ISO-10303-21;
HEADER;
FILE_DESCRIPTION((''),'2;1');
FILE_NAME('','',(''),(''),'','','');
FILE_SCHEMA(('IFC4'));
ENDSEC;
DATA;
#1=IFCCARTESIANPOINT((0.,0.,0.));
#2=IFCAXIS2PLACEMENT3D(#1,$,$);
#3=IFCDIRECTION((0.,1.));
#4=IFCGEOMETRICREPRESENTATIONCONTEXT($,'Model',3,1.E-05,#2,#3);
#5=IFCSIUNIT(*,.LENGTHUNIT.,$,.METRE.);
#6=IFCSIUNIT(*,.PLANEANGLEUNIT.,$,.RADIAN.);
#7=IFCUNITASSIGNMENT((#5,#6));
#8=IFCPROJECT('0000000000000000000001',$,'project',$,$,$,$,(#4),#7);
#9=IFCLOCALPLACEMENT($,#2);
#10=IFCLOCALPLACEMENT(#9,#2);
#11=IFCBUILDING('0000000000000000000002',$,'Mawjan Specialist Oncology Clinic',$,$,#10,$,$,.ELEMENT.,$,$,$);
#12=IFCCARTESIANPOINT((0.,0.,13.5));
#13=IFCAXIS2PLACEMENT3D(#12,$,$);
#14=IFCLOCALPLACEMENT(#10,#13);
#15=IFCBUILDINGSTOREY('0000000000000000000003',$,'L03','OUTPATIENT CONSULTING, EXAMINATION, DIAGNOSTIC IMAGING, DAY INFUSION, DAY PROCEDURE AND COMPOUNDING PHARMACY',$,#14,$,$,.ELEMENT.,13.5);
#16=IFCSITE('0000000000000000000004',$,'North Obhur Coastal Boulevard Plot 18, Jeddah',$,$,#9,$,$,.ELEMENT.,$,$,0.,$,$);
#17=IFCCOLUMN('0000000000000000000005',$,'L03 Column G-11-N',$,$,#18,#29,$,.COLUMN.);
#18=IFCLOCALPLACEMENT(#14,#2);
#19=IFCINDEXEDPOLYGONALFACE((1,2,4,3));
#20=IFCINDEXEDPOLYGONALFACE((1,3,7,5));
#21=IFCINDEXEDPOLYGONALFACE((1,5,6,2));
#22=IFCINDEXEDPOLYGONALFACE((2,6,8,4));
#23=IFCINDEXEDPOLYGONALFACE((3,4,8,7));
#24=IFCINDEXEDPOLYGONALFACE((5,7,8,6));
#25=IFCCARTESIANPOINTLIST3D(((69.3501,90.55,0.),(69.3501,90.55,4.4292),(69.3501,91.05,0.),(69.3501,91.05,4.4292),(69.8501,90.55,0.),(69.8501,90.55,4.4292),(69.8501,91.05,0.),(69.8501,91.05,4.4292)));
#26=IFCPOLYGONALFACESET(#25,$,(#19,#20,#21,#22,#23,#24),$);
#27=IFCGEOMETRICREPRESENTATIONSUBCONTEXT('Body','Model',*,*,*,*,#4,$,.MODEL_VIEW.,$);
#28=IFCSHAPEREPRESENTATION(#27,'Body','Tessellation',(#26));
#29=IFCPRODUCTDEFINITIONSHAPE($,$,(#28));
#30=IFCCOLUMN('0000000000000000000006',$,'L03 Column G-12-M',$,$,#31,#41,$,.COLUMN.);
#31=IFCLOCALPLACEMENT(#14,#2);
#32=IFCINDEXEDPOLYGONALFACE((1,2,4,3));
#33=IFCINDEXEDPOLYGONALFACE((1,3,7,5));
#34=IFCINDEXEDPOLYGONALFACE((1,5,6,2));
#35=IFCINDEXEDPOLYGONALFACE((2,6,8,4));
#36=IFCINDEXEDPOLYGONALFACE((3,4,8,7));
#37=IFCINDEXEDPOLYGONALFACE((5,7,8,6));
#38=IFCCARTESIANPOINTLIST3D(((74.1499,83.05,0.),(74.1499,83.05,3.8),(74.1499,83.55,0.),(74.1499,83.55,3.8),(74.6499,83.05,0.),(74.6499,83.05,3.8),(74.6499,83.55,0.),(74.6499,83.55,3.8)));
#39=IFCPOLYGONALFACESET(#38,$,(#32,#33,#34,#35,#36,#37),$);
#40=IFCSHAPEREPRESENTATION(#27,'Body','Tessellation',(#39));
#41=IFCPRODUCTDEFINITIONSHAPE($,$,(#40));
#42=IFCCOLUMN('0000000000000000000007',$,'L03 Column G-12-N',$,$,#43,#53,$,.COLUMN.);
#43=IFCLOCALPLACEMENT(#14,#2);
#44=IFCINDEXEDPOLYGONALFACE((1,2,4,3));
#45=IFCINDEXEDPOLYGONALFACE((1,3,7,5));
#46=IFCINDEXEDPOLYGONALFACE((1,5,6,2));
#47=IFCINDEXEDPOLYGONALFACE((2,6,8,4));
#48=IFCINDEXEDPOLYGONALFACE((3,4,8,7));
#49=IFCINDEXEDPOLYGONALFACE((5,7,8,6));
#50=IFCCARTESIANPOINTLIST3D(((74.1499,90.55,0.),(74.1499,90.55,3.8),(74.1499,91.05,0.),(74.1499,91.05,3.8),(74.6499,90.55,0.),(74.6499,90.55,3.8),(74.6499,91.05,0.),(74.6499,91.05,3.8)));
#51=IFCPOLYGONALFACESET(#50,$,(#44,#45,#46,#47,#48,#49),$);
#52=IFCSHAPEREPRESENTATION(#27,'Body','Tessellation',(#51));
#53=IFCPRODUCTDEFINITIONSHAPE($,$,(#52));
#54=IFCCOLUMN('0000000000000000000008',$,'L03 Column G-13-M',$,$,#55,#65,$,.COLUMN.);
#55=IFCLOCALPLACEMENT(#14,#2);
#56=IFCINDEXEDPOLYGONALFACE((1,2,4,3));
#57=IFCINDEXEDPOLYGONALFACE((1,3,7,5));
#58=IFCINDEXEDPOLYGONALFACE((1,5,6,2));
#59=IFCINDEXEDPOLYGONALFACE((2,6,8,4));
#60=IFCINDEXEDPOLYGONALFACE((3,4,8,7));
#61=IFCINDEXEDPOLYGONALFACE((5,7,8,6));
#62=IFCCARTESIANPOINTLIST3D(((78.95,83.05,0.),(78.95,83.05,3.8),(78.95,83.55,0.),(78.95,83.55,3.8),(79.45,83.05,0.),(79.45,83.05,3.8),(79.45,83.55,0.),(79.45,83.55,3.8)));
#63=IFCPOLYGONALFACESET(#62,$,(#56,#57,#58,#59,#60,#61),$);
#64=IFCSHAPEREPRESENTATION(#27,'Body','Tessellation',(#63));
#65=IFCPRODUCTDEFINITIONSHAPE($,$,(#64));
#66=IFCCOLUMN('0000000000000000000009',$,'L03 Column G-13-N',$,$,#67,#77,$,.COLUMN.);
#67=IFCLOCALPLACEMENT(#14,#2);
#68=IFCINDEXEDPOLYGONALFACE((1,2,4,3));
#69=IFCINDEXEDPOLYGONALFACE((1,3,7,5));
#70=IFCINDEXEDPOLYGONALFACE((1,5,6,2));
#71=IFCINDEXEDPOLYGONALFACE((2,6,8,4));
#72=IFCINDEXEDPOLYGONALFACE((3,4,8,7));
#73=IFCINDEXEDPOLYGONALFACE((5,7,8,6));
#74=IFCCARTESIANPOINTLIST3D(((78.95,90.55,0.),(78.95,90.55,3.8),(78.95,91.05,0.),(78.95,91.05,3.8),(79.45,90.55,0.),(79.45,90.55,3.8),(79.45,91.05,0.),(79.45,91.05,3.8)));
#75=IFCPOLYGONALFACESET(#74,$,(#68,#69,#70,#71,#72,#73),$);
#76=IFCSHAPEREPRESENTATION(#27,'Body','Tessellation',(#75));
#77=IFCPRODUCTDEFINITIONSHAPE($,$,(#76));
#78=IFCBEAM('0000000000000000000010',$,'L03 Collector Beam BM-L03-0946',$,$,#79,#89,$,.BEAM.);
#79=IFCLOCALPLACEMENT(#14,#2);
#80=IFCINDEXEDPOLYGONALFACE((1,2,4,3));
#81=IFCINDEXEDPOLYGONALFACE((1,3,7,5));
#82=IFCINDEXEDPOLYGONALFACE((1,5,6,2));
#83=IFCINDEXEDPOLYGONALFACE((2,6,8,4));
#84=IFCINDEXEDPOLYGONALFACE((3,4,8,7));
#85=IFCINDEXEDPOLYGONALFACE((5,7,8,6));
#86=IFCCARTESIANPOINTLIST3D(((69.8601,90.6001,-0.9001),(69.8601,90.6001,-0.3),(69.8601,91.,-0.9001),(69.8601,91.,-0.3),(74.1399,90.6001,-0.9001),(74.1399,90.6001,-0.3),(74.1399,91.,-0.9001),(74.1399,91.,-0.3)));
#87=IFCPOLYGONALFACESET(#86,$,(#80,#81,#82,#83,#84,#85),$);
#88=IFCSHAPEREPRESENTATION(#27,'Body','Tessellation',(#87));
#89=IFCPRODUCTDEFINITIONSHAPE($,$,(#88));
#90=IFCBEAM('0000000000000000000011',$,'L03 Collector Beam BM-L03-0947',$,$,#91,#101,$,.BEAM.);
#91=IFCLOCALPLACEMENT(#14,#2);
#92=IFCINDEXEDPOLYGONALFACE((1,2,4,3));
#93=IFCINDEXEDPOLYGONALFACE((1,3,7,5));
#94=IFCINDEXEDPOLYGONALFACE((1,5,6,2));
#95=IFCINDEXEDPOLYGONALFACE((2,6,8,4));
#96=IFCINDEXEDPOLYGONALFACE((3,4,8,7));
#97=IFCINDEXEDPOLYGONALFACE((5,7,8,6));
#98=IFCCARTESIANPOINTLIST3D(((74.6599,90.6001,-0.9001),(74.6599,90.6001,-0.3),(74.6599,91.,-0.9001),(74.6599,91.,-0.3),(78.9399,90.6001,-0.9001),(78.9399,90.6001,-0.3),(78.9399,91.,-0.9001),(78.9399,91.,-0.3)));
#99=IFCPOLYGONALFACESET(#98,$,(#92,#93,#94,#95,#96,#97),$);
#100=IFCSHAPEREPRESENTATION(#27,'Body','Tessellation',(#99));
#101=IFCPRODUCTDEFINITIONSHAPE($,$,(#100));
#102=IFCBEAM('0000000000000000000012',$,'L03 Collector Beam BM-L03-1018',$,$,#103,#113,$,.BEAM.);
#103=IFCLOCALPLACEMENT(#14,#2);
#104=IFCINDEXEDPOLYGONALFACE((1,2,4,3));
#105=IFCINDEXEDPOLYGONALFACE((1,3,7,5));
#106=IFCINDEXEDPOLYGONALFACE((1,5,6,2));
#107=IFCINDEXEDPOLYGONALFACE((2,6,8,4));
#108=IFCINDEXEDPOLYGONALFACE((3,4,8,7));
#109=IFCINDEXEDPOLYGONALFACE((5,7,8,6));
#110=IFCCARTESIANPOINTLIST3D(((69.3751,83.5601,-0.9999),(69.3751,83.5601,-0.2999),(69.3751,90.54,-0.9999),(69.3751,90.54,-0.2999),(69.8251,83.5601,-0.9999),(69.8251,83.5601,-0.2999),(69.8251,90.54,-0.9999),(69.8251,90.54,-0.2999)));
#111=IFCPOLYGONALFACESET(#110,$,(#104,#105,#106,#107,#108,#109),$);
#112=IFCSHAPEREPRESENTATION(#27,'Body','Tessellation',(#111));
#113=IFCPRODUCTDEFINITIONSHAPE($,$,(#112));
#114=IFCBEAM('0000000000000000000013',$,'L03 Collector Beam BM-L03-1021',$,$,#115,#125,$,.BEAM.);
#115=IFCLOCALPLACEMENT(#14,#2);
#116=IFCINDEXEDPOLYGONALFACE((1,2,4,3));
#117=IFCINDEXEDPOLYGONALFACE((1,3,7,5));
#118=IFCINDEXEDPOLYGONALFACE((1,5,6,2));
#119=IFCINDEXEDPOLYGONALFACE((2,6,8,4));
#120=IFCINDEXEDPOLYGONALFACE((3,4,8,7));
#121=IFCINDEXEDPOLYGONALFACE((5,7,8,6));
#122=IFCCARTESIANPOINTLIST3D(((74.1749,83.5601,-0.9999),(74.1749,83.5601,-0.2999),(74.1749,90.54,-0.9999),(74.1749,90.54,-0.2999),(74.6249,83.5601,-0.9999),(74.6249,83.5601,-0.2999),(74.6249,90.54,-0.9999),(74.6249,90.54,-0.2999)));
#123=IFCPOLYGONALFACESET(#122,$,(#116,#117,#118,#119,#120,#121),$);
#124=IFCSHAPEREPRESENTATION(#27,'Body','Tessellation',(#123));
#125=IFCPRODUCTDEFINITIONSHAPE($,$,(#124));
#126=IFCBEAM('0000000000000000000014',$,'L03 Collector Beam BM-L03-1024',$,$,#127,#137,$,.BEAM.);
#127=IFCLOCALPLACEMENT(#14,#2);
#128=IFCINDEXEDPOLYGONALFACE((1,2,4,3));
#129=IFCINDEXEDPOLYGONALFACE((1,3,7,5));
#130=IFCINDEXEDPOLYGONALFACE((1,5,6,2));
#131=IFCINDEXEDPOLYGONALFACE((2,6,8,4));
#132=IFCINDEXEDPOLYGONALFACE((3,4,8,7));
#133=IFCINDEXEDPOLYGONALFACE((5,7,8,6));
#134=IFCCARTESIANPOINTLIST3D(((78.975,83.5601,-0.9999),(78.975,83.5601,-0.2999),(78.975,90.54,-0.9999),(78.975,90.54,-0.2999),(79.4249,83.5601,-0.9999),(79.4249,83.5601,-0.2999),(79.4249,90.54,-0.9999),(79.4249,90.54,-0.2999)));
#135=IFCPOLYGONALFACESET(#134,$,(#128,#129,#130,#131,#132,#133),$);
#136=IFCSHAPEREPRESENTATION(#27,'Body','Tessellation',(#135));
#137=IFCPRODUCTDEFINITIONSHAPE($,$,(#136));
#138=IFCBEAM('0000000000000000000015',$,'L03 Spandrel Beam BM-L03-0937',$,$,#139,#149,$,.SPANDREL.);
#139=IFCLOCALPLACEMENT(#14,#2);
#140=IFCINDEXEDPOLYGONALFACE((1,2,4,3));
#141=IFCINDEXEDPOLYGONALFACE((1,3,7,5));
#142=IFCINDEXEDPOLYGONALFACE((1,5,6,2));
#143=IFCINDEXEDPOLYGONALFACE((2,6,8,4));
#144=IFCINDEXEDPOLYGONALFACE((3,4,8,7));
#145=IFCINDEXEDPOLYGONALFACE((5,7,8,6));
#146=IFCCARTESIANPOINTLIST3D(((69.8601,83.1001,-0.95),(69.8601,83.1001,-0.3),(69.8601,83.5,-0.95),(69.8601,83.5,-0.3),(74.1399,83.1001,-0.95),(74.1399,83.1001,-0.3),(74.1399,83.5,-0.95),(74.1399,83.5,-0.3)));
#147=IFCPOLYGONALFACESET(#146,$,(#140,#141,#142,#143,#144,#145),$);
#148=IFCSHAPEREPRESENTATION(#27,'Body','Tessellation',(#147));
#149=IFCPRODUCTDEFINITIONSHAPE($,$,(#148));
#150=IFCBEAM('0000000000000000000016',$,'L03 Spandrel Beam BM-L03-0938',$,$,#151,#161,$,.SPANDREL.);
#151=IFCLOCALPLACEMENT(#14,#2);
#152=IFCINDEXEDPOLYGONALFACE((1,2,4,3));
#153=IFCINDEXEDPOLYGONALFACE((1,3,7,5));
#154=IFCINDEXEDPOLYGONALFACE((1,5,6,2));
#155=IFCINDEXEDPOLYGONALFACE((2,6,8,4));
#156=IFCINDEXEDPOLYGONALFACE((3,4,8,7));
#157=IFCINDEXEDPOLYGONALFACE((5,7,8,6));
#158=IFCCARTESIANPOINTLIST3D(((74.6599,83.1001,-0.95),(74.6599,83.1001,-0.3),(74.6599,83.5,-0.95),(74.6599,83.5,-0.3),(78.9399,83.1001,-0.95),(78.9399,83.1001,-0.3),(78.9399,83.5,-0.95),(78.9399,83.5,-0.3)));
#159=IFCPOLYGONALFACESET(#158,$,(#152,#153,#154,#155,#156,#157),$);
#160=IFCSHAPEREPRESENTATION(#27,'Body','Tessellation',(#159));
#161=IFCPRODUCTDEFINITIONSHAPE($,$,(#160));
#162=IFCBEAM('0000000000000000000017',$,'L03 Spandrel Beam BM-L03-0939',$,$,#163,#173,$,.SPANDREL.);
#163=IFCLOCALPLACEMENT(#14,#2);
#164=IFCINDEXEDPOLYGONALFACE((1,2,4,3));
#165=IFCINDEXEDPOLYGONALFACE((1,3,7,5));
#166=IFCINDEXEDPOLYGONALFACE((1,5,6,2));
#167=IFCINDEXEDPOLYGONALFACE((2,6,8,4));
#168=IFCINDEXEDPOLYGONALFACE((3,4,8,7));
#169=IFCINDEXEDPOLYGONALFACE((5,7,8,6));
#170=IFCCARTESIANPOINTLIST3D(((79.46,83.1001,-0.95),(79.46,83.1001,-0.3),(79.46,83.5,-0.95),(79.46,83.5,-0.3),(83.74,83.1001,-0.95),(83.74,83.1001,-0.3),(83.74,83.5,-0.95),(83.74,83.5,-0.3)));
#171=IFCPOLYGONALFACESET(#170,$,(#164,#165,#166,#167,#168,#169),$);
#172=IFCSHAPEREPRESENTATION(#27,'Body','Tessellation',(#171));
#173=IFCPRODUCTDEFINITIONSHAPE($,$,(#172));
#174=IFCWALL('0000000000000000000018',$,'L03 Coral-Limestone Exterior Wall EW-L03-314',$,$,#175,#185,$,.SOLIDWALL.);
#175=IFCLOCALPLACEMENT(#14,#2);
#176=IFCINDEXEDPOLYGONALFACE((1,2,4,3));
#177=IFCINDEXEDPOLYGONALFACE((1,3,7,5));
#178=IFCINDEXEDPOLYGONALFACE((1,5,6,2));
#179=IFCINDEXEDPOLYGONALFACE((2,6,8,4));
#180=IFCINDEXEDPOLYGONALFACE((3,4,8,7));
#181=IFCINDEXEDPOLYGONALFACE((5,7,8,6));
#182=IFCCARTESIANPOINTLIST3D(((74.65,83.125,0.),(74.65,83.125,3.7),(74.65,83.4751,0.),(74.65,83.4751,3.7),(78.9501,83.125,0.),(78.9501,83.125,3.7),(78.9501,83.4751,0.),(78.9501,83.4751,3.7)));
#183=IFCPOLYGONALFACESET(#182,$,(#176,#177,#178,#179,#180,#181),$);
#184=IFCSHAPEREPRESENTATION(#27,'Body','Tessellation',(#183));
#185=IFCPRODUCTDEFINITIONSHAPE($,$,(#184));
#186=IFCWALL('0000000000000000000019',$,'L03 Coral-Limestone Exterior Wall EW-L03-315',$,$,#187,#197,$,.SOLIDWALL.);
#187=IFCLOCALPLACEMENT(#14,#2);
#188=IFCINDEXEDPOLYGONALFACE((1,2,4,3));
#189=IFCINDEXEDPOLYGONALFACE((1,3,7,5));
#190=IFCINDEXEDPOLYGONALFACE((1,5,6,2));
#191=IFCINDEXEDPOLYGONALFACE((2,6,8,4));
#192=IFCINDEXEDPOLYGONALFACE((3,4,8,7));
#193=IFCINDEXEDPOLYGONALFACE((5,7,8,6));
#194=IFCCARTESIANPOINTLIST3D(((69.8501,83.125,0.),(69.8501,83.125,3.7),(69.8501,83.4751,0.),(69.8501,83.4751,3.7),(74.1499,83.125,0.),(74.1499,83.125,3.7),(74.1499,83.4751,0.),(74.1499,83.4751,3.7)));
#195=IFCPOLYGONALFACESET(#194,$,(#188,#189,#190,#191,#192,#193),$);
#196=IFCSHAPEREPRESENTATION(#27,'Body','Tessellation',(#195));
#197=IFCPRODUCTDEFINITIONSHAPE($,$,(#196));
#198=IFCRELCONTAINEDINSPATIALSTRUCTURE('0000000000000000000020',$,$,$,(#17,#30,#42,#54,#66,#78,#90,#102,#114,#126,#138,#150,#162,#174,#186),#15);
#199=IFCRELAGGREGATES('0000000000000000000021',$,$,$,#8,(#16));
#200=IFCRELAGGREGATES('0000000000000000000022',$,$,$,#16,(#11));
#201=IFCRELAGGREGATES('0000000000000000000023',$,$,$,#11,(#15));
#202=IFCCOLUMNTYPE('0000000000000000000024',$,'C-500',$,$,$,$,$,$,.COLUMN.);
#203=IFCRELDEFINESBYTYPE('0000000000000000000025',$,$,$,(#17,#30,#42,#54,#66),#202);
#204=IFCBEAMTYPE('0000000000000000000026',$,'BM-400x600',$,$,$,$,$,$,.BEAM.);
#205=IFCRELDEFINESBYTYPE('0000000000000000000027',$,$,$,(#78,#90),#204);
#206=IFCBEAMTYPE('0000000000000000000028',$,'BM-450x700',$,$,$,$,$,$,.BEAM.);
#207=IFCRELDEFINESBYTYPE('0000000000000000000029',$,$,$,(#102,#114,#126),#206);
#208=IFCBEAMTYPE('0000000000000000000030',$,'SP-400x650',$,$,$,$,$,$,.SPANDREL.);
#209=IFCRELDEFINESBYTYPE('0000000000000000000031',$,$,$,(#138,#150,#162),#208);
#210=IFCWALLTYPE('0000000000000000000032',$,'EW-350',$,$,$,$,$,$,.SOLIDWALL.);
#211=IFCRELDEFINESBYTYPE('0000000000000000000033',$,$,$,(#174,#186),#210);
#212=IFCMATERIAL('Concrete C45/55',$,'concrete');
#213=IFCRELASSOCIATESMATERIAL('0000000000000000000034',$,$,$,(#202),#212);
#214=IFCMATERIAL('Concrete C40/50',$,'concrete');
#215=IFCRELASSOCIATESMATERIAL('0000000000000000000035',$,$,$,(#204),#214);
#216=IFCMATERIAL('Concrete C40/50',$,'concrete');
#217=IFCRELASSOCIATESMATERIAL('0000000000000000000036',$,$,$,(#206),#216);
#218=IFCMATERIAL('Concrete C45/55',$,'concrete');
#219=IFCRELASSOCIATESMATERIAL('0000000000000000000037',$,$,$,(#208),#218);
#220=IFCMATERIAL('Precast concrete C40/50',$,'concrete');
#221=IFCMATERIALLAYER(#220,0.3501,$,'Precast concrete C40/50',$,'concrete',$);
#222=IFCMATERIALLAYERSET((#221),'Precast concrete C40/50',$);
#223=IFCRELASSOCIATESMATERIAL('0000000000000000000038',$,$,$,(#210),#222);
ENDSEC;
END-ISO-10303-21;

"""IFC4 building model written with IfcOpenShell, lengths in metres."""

from ifc_helpers import new_model, si_unit, direction, frame, frame_2d, origin, origin_2d, place, context, subcontext, project, spatial, rectangle, extrude, material, layer, layer_set, material_profile, profile_set, type_object, element, save


model = new_model("IFC4")

# Units and contexts
model_context = context("Model", 3, precision=1e-05, world=origin(), true_north=direction((0.0, 1.0)))
body_context = subcontext(model_context, "Body", "Model", "MODEL_VIEW")
ifc_project = project(units=[si_unit("LENGTHUNIT", "METRE"), si_unit("PLANEANGLEUNIT", "RADIAN")], contexts=[model_context])

# Site, building, storey
site_placement = place(None, origin())
site = spatial("IfcSite", under=ifc_project, at=site_placement, Name="North Obhur Coastal Boulevard Plot 18, Jeddah", CompositionType="ELEMENT", RefElevation=0.0)
building_placement = place(site_placement, origin())
building = spatial("IfcBuilding", under=site, at=building_placement, Name="Mawjan Specialist Oncology Clinic", CompositionType="ELEMENT")
storey_placement = place(building_placement, frame((0.0, 0.0, 13.5)))
storey = spatial("IfcBuildingStorey", under=building, at=storey_placement, Name="L03", Description="OUTPATIENT CONSULTING, EXAMINATION, DIAGNOSTIC IMAGING, DAY INFUSION, DAY PROCEDURE AND COMPOUNDING PHARMACY", CompositionType="ELEMENT", Elevation=13.5)

# Columns
ifc_material_1 = material(Name="Concrete C45/55", Category="concrete")
ifc_material_profile_1 = material_profile(ifc_material_1, rectangle(XDim=0.5, YDim=0.5, at=origin_2d()), Name="RC COL 500x500", Category="concrete")
ifc_profile_set_1 = profile_set([ifc_material_profile_1], Name="Concrete C45/55")
column_type = type_object("IfcColumnType", Name="C-500", PredefinedType="COLUMN", material=ifc_profile_set_1)
column_placement = place(storey_placement, frame((69.6001, 90.8, 0.0), z_axis=(0.0, 0.0, 1.0), x_axis=(1.0, 0.0, 0.0)))
element("IfcColumn", 1, at=column_placement, inside=storey, type_object=column_type, Name="L03 Column G-11-N", PredefinedType="COLUMN", context=body_context, shape_type="SweptSolid", body=[
    extrude(rectangle(XDim=0.5, YDim=0.5, at=origin_2d()), origin(), (0.0, 0.0, 1.0), 4.4292),
])
for number, where, z_axis, x_axis, name in (
    (2, (74.3999, 83.3, 0.0), (0.0, 0.0, 1.0), (1.0, 0.0, 0.0), "L03 Column G-12-M"),
    (3, (74.3999, 90.8, 0.0), (0.0, 0.0, 1.0), (1.0, 0.0, 0.0), "L03 Column G-12-N"),
    (4, (79.2, 83.3, 0.0), (0.0, 0.0, 1.0), (1.0, 0.0, 0.0), "L03 Column G-13-M"),
    (5, (79.2, 90.8, 0.0), (0.0, 0.0, 1.0), (1.0, 0.0, 0.0), "L03 Column G-13-N"),
):
    element("IfcColumn", number, at=place(storey_placement, frame(where, z_axis=z_axis, x_axis=x_axis)), inside=storey, type_object=column_type, Name=name, PredefinedType="COLUMN", context=body_context, shape_type="SweptSolid", body=[
        extrude(rectangle(XDim=0.5, YDim=0.5, at=origin_2d()), origin(), (0.0, 0.0, 1.0), 3.8),
    ])

# Beams
ifc_material_2 = material(Name="Concrete C40/50", Category="concrete")
ifc_material_profile_2 = material_profile(ifc_material_2, rectangle(XDim=0.3999, YDim=0.6001, at=origin_2d()), Name="RC BM 400x600", Category="concrete")
ifc_profile_set_2 = profile_set([ifc_material_profile_2], Name="Concrete C40/50")
beam_type_1 = type_object("IfcBeamType", Name="BM-400x600", PredefinedType="BEAM", material=ifc_profile_set_2)
beam_1_placement = place(storey_placement, frame((69.8601, 90.8, -0.6001), z_axis=(1.0, 0.0, 0.0), x_axis=(0.0, 1.0, 0.0)))
element("IfcBeam", 6, at=beam_1_placement, inside=storey, type_object=beam_type_1, Name="L03 Collector Beam BM-L03-0946", PredefinedType="BEAM", context=body_context, shape_type="SweptSolid", body=[
    extrude(rectangle(XDim=0.3999, YDim=0.6001, at=origin_2d()), origin(), (0.0, 0.0, 1.0), 4.2798),
])
beam_2_placement = place(storey_placement, frame((74.6599, 90.8, -0.6001), z_axis=(1.0, 0.0, 0.0), x_axis=(0.0, 1.0, 0.0)))
element("IfcBeam", 7, at=beam_2_placement, inside=storey, type_object=beam_type_1, Name="L03 Collector Beam BM-L03-0947", PredefinedType="BEAM", context=body_context, shape_type="SweptSolid", body=[
    extrude(rectangle(XDim=0.3999, YDim=0.6001, at=origin_2d()), origin(), (0.0, 0.0, 1.0), 4.28),
])
ifc_material_3 = material(Name="Concrete C40/50", Category="concrete")
ifc_material_profile_3 = material_profile(ifc_material_3, rectangle(XDim=0.45, YDim=0.7, at=origin_2d()), Name="RC BM 450x700", Category="concrete")
ifc_profile_set_3 = profile_set([ifc_material_profile_3], Name="Concrete C40/50")
beam_type_2 = type_object("IfcBeamType", Name="BM-450x700", PredefinedType="BEAM", material=ifc_profile_set_3)
for number, where, z_axis, x_axis, name in (
    (8, (69.6001, 83.5601, -0.6499), (0.0, 1.0, 0.0), (-1.0, 0.0, 0.0), "L03 Collector Beam BM-L03-1018"),
    (9, (74.3999, 83.5601, -0.6499), (0.0, 1.0, 0.0), (-1.0, 0.0, 0.0), "L03 Collector Beam BM-L03-1021"),
    (10, (79.2, 83.5601, -0.6499), (0.0, 1.0, 0.0), (-1.0, 0.0, 0.0), "L03 Collector Beam BM-L03-1024"),
):
    element("IfcBeam", number, at=place(storey_placement, frame(where, z_axis=z_axis, x_axis=x_axis)), inside=storey, type_object=beam_type_2, Name=name, PredefinedType="BEAM", context=body_context, shape_type="SweptSolid", body=[
        extrude(rectangle(XDim=0.45, YDim=0.7, at=origin_2d()), origin(), (0.0, 0.0, 1.0), 6.98),
    ])
ifc_material_4 = material(Name="Concrete C45/55", Category="concrete")
ifc_material_profile_4 = material_profile(ifc_material_4, rectangle(XDim=0.3999, YDim=0.6499, at=origin_2d()), Name="RC BM 400x650", Category="concrete")
ifc_profile_set_4 = profile_set([ifc_material_profile_4], Name="Concrete C45/55")
beam_type_3 = type_object("IfcBeamType", Name="SP-400x650", PredefinedType="SPANDREL", material=ifc_profile_set_4)
beam_3_placement = place(storey_placement, frame((69.8601, 83.3, -0.625), z_axis=(1.0, 0.0, 0.0), x_axis=(0.0, 1.0, 0.0)))
element("IfcBeam", 11, at=beam_3_placement, inside=storey, type_object=beam_type_3, Name="L03 Spandrel Beam BM-L03-0937", PredefinedType="SPANDREL", context=body_context, shape_type="SweptSolid", body=[
    extrude(rectangle(XDim=0.3999, YDim=0.6499, at=origin_2d()), origin(), (0.0, 0.0, 1.0), 4.2798),
])
for number, where, z_axis, x_axis, name in (
    (12, (74.6599, 83.3, -0.625), (1.0, 0.0, 0.0), (0.0, 1.0, 0.0), "L03 Spandrel Beam BM-L03-0938"),
    (13, (79.46, 83.3, -0.625), (1.0, 0.0, 0.0), (0.0, 1.0, 0.0), "L03 Spandrel Beam BM-L03-0939"),
):
    element("IfcBeam", number, at=place(storey_placement, frame(where, z_axis=z_axis, x_axis=x_axis)), inside=storey, type_object=beam_type_3, Name=name, PredefinedType="SPANDREL", context=body_context, shape_type="SweptSolid", body=[
        extrude(rectangle(XDim=0.3999, YDim=0.6499, at=origin_2d()), origin(), (0.0, 0.0, 1.0), 4.28),
    ])

# Walls
ifc_material_5 = material(Name="Precast concrete C40/50", Category="concrete")
ifc_layer_1 = layer(ifc_material_5, 0.3501, Name="Precast concrete C40/50", Category="concrete")
ifc_layer_set_1 = layer_set([ifc_layer_1], Name="Precast concrete C40/50")
wall_type_1 = type_object("IfcWallType", Name="EW-350", PredefinedType="SOLIDWALL", material=ifc_layer_set_1)
wall_1_placement = place(storey_placement, frame((78.95, 83.3, 0.0), z_axis=(0.0, 0.0, 1.0), x_axis=(-1.0, 0.0, 0.0)))
element("IfcWall", 14, at=wall_1_placement, inside=storey, type_object=wall_type_1, Name="L03 Coral-Limestone Exterior Wall EW-L03-314", PredefinedType="SOLIDWALL", context=body_context, shape_type="SweptSolid", body=[
    extrude(rectangle(XDim=4.3, YDim=0.3501, at=frame_2d((2.1499, 0.0))), origin(), (0.0, 0.0, 1.0), 3.7),
])
wall_2_placement = place(storey_placement, frame((74.1499, 83.3, 0.0), z_axis=(0.0, 0.0, 1.0), x_axis=(-1.0, 0.0, 0.0)))
element("IfcWall", 15, at=wall_2_placement, inside=storey, type_object=wall_type_1, Name="L03 Coral-Limestone Exterior Wall EW-L03-315", PredefinedType="SOLIDWALL", context=body_context, shape_type="SweptSolid", body=[
    extrude(rectangle(XDim=4.2998, YDim=0.3501, at=frame_2d((2.1499, 0.0))), origin(), (0.0, 0.0, 1.0), 3.7),
])

save(model, "model.ifc")
